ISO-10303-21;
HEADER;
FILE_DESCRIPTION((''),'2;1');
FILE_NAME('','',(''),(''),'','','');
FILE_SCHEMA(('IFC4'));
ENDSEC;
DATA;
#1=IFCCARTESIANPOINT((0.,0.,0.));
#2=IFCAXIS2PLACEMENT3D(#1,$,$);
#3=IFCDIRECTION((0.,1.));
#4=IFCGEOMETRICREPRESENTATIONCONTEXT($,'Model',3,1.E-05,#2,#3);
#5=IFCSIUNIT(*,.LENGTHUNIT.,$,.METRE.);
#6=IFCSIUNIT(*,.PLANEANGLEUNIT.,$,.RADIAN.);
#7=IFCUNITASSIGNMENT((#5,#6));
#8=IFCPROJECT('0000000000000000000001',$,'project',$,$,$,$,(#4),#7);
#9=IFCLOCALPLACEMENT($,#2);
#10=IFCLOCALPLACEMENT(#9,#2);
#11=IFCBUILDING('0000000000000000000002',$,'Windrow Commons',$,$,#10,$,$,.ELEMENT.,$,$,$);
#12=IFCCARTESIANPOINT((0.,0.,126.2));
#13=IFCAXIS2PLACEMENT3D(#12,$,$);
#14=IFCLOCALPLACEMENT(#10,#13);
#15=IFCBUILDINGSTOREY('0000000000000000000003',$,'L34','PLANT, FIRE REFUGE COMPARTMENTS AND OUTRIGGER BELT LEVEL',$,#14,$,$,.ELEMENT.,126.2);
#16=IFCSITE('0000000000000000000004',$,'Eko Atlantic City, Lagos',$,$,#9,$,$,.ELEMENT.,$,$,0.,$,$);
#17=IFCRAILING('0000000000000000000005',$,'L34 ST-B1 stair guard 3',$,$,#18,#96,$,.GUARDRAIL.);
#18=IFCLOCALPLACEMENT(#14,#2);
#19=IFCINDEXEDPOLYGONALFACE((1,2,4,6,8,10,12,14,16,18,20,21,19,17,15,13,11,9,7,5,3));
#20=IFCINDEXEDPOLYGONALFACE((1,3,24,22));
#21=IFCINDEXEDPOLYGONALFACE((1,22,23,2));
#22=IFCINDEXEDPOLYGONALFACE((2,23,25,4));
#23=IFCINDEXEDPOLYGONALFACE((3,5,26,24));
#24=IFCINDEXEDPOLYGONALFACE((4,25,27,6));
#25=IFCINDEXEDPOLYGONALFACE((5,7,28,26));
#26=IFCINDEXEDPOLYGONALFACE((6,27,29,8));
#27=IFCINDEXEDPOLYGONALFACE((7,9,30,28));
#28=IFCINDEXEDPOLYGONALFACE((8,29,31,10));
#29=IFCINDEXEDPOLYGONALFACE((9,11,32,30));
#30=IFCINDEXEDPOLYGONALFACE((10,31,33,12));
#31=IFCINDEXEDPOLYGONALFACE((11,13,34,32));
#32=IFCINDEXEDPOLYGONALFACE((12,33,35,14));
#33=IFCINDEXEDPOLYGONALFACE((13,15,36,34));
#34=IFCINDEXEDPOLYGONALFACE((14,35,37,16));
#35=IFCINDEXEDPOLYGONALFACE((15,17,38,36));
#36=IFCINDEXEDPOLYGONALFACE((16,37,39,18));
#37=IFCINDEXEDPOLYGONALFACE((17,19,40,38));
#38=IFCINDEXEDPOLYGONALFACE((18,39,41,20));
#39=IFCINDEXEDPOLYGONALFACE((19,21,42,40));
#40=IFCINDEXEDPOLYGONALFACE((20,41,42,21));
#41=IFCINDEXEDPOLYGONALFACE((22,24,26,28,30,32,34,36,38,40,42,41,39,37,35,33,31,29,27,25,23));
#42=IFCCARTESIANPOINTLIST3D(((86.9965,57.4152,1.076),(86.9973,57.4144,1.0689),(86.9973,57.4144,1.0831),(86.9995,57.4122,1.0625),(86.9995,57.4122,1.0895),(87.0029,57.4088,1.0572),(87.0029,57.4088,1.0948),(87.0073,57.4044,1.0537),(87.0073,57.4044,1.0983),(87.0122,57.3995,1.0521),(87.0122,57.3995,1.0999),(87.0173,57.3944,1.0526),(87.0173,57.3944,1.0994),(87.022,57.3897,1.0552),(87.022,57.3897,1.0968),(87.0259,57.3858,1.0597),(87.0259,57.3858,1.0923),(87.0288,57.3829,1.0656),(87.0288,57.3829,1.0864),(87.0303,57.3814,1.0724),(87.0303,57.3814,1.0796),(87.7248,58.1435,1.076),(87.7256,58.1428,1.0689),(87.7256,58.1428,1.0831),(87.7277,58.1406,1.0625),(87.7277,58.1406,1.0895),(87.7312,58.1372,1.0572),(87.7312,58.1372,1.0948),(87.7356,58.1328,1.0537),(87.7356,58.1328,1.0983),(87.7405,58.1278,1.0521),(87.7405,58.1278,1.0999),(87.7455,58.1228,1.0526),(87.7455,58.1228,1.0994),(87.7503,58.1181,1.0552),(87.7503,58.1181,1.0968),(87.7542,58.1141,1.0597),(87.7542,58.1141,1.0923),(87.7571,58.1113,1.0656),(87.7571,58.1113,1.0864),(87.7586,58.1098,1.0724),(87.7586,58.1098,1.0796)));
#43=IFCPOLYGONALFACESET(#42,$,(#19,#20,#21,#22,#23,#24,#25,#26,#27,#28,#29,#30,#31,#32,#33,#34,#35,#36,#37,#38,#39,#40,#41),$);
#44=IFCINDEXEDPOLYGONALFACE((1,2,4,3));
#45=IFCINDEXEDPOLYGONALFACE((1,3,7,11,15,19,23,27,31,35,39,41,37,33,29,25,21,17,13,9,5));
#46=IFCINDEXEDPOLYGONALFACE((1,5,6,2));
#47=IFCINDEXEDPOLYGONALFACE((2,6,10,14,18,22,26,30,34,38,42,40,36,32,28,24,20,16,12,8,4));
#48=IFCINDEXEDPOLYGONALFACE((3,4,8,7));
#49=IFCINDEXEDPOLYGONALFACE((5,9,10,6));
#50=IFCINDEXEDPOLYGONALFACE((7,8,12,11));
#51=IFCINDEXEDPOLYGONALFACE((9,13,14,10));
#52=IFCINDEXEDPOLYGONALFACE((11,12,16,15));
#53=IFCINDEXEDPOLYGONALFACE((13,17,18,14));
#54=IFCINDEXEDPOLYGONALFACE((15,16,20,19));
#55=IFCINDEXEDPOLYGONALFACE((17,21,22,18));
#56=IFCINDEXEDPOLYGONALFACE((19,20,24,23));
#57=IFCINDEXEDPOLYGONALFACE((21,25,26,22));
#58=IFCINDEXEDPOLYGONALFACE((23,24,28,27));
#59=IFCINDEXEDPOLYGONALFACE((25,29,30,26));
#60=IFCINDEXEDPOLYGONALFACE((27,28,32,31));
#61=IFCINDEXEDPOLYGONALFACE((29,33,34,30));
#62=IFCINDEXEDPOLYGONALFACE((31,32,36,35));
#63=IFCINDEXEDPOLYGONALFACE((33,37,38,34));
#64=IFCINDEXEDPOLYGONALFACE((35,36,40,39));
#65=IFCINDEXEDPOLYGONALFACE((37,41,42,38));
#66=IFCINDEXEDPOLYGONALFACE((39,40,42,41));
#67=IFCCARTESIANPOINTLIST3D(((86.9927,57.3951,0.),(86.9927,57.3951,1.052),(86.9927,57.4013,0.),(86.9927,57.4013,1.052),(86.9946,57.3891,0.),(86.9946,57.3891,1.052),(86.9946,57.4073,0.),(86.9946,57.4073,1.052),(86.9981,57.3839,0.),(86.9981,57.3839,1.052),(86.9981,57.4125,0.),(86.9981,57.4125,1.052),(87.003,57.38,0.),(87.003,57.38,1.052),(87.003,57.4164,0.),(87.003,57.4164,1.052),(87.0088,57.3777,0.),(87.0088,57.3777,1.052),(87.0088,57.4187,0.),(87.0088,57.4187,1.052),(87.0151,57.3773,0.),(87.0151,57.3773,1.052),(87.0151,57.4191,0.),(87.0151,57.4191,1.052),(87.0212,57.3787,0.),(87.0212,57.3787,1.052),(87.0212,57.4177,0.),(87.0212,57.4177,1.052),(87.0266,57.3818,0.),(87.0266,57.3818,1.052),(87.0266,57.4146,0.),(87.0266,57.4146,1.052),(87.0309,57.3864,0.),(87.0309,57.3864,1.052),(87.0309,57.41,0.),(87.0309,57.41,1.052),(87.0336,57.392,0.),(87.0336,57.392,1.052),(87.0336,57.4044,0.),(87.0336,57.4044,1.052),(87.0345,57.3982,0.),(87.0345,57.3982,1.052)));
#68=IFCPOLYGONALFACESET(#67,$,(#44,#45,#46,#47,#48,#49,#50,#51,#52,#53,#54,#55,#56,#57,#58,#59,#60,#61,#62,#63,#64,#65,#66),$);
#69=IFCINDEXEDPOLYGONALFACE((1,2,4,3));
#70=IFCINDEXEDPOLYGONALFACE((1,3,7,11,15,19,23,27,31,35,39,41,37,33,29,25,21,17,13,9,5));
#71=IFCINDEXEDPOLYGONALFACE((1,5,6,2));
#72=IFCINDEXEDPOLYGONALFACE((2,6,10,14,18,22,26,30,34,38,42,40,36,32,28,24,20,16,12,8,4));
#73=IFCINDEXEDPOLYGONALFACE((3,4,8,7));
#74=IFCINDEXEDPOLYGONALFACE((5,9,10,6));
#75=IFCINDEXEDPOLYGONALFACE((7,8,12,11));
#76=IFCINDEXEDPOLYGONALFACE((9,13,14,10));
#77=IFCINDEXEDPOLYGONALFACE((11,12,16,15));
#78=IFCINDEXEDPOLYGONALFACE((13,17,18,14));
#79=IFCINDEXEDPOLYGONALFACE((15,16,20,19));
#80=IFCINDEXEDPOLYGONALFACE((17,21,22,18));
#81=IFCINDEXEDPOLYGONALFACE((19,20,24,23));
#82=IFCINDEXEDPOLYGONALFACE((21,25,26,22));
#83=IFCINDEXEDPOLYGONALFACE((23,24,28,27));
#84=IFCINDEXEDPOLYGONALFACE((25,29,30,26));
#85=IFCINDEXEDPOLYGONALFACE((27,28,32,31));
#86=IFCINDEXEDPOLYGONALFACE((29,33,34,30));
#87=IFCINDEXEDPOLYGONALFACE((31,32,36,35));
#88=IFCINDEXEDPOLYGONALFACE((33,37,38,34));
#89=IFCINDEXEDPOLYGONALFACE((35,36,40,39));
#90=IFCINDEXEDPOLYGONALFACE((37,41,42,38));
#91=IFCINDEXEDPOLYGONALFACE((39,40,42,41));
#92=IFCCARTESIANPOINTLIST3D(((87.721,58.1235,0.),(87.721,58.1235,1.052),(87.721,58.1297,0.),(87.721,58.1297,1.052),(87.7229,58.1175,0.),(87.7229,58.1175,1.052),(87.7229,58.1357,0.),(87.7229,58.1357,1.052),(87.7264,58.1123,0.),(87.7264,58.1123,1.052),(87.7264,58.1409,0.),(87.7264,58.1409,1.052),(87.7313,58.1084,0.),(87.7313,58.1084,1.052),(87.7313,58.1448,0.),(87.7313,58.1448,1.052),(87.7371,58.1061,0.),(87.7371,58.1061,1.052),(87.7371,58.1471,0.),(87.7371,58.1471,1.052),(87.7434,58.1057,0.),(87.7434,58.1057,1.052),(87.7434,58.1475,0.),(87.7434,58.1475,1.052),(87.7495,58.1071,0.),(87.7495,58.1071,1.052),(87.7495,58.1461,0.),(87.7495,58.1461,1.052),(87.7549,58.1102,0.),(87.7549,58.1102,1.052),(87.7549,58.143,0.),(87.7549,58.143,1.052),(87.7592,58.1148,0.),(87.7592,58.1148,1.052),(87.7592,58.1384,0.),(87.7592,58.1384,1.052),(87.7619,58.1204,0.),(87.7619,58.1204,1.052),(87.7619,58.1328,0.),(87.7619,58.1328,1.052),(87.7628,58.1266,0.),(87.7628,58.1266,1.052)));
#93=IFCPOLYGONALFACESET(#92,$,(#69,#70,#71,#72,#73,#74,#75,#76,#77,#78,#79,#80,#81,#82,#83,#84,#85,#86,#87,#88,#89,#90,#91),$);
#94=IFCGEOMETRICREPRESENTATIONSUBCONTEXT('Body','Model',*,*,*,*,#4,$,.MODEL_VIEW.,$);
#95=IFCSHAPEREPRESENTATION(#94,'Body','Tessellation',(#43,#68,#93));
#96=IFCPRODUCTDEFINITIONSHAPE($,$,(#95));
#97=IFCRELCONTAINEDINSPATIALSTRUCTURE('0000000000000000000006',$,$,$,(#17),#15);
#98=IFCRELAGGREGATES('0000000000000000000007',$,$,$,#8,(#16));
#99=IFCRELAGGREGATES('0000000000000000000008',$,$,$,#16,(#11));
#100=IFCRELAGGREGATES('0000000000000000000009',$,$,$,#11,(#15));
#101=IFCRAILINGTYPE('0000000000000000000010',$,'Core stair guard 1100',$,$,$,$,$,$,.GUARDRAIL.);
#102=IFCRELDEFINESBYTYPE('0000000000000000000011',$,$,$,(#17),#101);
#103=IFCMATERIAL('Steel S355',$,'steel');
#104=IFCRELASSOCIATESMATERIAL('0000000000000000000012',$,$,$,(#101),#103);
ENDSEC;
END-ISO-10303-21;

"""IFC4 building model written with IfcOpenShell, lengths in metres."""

from ifc_helpers import new_model, si_unit, direction, frame, origin, origin_2d, place, context, subcontext, project, spatial, circle, extrude, material, type_object, element, save


model = new_model("IFC4")

# Units and contexts
model_context = context("Model", 3, precision=1e-05, world=origin(), true_north=direction((0.0, 1.0)))
body_context = subcontext(model_context, "Body", "Model", "MODEL_VIEW")
ifc_project = project(units=[si_unit("LENGTHUNIT", "METRE"), si_unit("PLANEANGLEUNIT", "RADIAN")], contexts=[model_context])

# Site, building, storey
site_placement = place(None, origin())
site = spatial("IfcSite", under=ifc_project, at=site_placement, Name="Eko Atlantic City, Lagos", CompositionType="ELEMENT", RefElevation=0.0)
building_placement = place(site_placement, origin())
building = spatial("IfcBuilding", under=site, at=building_placement, Name="Windrow Commons", CompositionType="ELEMENT")
storey_placement = place(building_placement, frame((0.0, 0.0, 126.2)))
storey = spatial("IfcBuildingStorey", under=building, at=storey_placement, Name="L34", Description="PLANT, FIRE REFUGE COMPARTMENTS AND OUTRIGGER BELT LEVEL", CompositionType="ELEMENT", Elevation=126.2)

# Railing
ifc_material_1 = material(Name="Steel S355", Category="steel")
railing_type_1 = type_object("IfcRailingType", Name="Core stair guard 1100", PredefinedType="GUARDRAIL", material=ifc_material_1)
railing_1_placement = place(storey_placement, frame((87.0135, 57.3982, 0.0)))
element("IfcRailing", 1, at=railing_1_placement, inside=storey, type_object=railing_type_1, Name="L34 ST-B1 stair guard 3", PredefinedType="GUARDRAIL", context=body_context, shape_type="SweptSolid", body=[
    extrude(circle(Radius=0.024, at=origin_2d()), frame((0.0, 0.0, 1.076), z_axis=(0.707058, 0.707155, 0.0), x_axis=(-0.707155, 0.707058, 0.0)), (0.0, 0.0, 1.0), 1.03),
    extrude(circle(Radius=0.021, at=origin_2d()), origin(), (0.0, 0.0, 1.0), 1.052),
    extrude(circle(Radius=0.021, at=origin_2d()), frame((0.7283, 0.7284, 0.0)), (0.0, 0.0, 1.0), 1.052),
])

save(model, "model.ifc")
